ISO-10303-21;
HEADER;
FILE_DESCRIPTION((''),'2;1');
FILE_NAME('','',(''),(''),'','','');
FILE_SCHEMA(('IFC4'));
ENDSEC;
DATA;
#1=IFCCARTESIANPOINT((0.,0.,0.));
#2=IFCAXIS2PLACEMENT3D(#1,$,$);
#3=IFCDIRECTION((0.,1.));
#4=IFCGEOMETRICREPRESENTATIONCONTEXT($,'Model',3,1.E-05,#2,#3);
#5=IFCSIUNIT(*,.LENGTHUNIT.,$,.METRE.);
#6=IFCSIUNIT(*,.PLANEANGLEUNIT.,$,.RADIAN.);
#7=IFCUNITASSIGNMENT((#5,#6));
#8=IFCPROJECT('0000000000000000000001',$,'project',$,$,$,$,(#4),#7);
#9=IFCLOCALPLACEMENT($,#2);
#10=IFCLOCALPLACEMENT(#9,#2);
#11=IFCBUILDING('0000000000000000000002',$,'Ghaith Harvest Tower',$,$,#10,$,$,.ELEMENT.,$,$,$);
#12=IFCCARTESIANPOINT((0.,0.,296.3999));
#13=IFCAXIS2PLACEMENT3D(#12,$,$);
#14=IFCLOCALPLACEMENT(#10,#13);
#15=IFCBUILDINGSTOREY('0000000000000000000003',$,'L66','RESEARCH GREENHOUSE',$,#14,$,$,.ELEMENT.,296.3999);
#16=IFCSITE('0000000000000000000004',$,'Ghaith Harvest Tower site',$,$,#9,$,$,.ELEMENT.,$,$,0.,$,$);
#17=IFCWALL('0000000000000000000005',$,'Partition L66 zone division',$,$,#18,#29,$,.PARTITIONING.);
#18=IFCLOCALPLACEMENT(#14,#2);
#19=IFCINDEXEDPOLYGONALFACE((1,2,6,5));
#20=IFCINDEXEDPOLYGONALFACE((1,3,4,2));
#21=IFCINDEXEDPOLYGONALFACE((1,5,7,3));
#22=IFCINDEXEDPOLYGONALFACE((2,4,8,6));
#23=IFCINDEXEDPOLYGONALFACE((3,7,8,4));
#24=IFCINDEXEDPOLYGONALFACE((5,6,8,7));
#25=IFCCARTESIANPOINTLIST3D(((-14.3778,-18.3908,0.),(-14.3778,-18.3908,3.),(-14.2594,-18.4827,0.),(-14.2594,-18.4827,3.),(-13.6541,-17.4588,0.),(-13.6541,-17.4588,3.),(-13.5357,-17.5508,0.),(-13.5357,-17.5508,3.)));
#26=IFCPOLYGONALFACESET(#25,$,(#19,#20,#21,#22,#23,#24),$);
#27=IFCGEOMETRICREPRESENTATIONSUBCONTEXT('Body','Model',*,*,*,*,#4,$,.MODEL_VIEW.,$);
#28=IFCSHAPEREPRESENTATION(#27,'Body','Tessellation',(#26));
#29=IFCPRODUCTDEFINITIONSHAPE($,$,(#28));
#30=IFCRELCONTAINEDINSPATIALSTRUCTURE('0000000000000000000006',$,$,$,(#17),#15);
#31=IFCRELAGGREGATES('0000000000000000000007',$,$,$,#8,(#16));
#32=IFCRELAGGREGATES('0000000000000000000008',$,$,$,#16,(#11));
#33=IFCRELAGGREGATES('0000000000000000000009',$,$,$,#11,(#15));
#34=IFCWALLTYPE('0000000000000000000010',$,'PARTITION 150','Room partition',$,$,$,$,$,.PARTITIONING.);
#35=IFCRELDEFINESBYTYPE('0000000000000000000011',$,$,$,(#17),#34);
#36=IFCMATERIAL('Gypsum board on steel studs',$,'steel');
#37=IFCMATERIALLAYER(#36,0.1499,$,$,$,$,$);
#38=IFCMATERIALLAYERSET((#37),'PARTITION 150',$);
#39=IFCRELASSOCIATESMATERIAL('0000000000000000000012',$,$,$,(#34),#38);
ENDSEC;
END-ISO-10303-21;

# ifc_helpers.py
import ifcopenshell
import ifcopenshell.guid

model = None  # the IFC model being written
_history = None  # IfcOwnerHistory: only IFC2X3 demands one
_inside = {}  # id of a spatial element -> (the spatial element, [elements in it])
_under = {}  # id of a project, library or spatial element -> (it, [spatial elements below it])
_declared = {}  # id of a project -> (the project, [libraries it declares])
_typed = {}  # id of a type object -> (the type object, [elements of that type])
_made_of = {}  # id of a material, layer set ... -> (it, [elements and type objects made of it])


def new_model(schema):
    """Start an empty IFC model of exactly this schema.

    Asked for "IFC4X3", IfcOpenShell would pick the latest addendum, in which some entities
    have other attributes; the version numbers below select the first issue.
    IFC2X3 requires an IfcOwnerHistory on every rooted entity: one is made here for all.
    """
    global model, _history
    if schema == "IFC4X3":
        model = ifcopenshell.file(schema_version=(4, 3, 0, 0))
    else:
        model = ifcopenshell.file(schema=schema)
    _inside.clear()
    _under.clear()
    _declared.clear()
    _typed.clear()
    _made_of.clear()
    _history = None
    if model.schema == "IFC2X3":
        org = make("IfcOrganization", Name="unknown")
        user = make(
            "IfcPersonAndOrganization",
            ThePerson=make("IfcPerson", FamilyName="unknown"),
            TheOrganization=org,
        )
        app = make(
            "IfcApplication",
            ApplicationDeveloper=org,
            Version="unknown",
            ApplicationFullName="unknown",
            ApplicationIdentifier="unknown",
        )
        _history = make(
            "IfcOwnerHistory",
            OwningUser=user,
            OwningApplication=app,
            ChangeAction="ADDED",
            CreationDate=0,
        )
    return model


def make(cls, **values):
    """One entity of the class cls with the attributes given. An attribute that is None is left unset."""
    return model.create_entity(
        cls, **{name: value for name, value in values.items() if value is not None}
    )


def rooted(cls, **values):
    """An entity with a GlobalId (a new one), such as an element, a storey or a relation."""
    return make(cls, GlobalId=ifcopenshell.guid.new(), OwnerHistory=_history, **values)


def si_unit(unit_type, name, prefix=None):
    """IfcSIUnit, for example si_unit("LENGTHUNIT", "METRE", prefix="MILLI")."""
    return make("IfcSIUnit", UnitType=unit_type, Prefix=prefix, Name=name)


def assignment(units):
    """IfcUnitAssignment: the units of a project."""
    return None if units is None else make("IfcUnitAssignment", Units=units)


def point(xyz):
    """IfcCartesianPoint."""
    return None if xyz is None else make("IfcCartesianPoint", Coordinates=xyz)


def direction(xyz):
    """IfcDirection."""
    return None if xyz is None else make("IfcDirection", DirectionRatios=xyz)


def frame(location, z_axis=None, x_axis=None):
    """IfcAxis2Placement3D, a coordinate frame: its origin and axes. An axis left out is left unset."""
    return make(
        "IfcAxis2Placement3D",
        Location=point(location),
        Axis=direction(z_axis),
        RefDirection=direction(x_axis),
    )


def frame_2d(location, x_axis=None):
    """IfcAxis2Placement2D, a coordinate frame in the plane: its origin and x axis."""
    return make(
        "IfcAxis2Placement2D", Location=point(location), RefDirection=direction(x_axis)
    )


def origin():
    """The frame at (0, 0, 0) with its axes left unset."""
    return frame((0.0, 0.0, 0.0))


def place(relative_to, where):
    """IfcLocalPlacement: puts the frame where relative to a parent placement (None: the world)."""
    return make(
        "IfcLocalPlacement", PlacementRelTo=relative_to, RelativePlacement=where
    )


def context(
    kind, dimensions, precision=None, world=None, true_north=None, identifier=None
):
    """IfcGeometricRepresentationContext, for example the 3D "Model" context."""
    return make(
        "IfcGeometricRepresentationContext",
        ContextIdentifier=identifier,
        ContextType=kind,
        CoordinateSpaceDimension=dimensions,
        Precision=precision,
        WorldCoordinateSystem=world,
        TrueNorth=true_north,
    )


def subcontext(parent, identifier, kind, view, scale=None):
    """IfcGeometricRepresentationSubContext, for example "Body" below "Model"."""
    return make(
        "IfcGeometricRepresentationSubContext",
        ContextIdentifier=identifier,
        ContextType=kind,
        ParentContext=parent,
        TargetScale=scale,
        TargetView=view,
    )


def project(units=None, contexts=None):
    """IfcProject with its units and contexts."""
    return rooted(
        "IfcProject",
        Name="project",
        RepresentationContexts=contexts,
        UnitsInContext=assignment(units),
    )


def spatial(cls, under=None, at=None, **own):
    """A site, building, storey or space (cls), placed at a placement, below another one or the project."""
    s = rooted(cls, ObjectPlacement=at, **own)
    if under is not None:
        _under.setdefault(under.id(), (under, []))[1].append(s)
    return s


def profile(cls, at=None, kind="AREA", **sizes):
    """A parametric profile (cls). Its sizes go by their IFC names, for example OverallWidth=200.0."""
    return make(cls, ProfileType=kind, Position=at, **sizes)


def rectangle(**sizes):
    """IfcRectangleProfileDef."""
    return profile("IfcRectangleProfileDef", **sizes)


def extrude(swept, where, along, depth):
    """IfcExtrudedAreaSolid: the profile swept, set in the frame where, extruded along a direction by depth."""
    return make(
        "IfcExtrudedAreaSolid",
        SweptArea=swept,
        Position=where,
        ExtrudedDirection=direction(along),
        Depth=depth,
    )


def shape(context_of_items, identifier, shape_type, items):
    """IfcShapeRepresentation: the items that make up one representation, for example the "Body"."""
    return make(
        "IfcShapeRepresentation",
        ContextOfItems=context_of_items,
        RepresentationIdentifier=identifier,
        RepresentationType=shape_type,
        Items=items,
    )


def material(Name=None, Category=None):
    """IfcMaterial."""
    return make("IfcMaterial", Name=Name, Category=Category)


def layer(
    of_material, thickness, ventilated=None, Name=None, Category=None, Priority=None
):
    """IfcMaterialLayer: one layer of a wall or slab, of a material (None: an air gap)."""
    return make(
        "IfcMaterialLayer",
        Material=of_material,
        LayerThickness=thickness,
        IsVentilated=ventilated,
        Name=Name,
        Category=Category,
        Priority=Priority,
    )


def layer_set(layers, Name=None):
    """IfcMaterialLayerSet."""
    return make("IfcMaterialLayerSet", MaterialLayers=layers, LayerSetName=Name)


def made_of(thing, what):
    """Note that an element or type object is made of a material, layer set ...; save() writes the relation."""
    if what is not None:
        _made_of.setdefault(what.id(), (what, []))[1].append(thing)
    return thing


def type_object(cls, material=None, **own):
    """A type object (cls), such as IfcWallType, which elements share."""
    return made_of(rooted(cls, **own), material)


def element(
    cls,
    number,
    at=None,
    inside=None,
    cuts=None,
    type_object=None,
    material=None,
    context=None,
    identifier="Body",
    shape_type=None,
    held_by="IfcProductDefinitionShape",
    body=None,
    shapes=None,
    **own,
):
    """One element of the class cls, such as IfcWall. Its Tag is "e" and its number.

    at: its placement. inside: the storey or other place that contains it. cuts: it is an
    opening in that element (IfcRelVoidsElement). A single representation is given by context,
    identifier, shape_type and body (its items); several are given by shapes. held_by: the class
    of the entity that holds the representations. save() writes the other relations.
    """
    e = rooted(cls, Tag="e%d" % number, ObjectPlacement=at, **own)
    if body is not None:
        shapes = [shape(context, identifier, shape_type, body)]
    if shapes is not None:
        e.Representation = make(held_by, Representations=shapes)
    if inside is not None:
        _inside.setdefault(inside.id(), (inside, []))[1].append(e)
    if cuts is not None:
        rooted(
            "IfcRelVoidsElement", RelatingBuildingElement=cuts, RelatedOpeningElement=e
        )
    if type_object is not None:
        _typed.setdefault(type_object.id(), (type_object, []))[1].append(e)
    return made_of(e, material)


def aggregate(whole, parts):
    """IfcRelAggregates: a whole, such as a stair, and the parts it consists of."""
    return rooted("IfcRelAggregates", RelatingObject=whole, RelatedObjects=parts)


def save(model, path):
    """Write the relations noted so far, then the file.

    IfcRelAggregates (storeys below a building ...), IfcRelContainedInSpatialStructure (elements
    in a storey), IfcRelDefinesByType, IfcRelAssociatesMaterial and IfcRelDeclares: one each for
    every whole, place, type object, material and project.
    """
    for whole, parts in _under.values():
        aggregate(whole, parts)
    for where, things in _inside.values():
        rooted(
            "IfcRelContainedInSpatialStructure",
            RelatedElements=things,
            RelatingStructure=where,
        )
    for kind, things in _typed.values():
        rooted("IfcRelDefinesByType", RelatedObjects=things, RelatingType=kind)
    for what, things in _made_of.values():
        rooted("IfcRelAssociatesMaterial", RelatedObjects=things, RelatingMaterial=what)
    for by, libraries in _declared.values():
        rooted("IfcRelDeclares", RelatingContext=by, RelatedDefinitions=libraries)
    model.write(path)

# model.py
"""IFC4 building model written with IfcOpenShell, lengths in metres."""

from ifc_helpers import new_model, si_unit, direction, frame, frame_2d, origin, place, context, subcontext, project, spatial, rectangle, extrude, material, layer, layer_set, type_object, element, save


model = new_model("IFC4")

# Units and contexts
model_context = context("Model", 3, precision=1e-05, world=origin(), true_north=direction((0.0, 1.0)))
body_context = subcontext(model_context, "Body", "Model", "MODEL_VIEW")
ifc_project = project(units=[si_unit("LENGTHUNIT", "METRE"), si_unit("PLANEANGLEUNIT", "RADIAN")], contexts=[model_context])

# Site, building, storey
site_placement = place(None, origin())
site = spatial("IfcSite", under=ifc_project, at=site_placement, Name="Ghaith Harvest Tower site", CompositionType="ELEMENT", RefElevation=0.0)
building_placement = place(site_placement, origin())
building = spatial("IfcBuilding", under=site, at=building_placement, Name="Ghaith Harvest Tower", CompositionType="ELEMENT")
storey_placement = place(building_placement, frame((0.0, 0.0, 296.3999)))
storey = spatial("IfcBuildingStorey", under=building, at=storey_placement, Name="L66", Description="RESEARCH GREENHOUSE", CompositionType="ELEMENT", Elevation=296.3999)

# Shared definitions
ifc_material_1 = material(Name="Gypsum board on steel studs", Category="steel")
ifc_layer_1 = layer(ifc_material_1, 0.1499)
ifc_layer_set_1 = layer_set([ifc_layer_1], Name="PARTITION 150")
wall_type_1 = type_object("IfcWallType", Name="PARTITION 150", Description="Room partition", PredefinedType="PARTITIONING", material=ifc_layer_set_1)

# Wall
wall_1_placement = place(storey_placement, frame((-13.595, -17.5049, 0.0), z_axis=(0.0, 0.0, 1.0), x_axis=(-0.613324, -0.789831, 0.0)))
element("IfcWall", 1, at=wall_1_placement, inside=storey, type_object=wall_type_1, Name="Partition L66 zone division", PredefinedType="PARTITIONING", context=body_context, shape_type="SweptSolid", body=[
    extrude(rectangle(XDim=1.1799, YDim=0.1499, at=frame_2d((0.5898, 0.0))), origin(), (0.0, 0.0, 1.0), 3.0),
])

save(model, "model.ifc")
